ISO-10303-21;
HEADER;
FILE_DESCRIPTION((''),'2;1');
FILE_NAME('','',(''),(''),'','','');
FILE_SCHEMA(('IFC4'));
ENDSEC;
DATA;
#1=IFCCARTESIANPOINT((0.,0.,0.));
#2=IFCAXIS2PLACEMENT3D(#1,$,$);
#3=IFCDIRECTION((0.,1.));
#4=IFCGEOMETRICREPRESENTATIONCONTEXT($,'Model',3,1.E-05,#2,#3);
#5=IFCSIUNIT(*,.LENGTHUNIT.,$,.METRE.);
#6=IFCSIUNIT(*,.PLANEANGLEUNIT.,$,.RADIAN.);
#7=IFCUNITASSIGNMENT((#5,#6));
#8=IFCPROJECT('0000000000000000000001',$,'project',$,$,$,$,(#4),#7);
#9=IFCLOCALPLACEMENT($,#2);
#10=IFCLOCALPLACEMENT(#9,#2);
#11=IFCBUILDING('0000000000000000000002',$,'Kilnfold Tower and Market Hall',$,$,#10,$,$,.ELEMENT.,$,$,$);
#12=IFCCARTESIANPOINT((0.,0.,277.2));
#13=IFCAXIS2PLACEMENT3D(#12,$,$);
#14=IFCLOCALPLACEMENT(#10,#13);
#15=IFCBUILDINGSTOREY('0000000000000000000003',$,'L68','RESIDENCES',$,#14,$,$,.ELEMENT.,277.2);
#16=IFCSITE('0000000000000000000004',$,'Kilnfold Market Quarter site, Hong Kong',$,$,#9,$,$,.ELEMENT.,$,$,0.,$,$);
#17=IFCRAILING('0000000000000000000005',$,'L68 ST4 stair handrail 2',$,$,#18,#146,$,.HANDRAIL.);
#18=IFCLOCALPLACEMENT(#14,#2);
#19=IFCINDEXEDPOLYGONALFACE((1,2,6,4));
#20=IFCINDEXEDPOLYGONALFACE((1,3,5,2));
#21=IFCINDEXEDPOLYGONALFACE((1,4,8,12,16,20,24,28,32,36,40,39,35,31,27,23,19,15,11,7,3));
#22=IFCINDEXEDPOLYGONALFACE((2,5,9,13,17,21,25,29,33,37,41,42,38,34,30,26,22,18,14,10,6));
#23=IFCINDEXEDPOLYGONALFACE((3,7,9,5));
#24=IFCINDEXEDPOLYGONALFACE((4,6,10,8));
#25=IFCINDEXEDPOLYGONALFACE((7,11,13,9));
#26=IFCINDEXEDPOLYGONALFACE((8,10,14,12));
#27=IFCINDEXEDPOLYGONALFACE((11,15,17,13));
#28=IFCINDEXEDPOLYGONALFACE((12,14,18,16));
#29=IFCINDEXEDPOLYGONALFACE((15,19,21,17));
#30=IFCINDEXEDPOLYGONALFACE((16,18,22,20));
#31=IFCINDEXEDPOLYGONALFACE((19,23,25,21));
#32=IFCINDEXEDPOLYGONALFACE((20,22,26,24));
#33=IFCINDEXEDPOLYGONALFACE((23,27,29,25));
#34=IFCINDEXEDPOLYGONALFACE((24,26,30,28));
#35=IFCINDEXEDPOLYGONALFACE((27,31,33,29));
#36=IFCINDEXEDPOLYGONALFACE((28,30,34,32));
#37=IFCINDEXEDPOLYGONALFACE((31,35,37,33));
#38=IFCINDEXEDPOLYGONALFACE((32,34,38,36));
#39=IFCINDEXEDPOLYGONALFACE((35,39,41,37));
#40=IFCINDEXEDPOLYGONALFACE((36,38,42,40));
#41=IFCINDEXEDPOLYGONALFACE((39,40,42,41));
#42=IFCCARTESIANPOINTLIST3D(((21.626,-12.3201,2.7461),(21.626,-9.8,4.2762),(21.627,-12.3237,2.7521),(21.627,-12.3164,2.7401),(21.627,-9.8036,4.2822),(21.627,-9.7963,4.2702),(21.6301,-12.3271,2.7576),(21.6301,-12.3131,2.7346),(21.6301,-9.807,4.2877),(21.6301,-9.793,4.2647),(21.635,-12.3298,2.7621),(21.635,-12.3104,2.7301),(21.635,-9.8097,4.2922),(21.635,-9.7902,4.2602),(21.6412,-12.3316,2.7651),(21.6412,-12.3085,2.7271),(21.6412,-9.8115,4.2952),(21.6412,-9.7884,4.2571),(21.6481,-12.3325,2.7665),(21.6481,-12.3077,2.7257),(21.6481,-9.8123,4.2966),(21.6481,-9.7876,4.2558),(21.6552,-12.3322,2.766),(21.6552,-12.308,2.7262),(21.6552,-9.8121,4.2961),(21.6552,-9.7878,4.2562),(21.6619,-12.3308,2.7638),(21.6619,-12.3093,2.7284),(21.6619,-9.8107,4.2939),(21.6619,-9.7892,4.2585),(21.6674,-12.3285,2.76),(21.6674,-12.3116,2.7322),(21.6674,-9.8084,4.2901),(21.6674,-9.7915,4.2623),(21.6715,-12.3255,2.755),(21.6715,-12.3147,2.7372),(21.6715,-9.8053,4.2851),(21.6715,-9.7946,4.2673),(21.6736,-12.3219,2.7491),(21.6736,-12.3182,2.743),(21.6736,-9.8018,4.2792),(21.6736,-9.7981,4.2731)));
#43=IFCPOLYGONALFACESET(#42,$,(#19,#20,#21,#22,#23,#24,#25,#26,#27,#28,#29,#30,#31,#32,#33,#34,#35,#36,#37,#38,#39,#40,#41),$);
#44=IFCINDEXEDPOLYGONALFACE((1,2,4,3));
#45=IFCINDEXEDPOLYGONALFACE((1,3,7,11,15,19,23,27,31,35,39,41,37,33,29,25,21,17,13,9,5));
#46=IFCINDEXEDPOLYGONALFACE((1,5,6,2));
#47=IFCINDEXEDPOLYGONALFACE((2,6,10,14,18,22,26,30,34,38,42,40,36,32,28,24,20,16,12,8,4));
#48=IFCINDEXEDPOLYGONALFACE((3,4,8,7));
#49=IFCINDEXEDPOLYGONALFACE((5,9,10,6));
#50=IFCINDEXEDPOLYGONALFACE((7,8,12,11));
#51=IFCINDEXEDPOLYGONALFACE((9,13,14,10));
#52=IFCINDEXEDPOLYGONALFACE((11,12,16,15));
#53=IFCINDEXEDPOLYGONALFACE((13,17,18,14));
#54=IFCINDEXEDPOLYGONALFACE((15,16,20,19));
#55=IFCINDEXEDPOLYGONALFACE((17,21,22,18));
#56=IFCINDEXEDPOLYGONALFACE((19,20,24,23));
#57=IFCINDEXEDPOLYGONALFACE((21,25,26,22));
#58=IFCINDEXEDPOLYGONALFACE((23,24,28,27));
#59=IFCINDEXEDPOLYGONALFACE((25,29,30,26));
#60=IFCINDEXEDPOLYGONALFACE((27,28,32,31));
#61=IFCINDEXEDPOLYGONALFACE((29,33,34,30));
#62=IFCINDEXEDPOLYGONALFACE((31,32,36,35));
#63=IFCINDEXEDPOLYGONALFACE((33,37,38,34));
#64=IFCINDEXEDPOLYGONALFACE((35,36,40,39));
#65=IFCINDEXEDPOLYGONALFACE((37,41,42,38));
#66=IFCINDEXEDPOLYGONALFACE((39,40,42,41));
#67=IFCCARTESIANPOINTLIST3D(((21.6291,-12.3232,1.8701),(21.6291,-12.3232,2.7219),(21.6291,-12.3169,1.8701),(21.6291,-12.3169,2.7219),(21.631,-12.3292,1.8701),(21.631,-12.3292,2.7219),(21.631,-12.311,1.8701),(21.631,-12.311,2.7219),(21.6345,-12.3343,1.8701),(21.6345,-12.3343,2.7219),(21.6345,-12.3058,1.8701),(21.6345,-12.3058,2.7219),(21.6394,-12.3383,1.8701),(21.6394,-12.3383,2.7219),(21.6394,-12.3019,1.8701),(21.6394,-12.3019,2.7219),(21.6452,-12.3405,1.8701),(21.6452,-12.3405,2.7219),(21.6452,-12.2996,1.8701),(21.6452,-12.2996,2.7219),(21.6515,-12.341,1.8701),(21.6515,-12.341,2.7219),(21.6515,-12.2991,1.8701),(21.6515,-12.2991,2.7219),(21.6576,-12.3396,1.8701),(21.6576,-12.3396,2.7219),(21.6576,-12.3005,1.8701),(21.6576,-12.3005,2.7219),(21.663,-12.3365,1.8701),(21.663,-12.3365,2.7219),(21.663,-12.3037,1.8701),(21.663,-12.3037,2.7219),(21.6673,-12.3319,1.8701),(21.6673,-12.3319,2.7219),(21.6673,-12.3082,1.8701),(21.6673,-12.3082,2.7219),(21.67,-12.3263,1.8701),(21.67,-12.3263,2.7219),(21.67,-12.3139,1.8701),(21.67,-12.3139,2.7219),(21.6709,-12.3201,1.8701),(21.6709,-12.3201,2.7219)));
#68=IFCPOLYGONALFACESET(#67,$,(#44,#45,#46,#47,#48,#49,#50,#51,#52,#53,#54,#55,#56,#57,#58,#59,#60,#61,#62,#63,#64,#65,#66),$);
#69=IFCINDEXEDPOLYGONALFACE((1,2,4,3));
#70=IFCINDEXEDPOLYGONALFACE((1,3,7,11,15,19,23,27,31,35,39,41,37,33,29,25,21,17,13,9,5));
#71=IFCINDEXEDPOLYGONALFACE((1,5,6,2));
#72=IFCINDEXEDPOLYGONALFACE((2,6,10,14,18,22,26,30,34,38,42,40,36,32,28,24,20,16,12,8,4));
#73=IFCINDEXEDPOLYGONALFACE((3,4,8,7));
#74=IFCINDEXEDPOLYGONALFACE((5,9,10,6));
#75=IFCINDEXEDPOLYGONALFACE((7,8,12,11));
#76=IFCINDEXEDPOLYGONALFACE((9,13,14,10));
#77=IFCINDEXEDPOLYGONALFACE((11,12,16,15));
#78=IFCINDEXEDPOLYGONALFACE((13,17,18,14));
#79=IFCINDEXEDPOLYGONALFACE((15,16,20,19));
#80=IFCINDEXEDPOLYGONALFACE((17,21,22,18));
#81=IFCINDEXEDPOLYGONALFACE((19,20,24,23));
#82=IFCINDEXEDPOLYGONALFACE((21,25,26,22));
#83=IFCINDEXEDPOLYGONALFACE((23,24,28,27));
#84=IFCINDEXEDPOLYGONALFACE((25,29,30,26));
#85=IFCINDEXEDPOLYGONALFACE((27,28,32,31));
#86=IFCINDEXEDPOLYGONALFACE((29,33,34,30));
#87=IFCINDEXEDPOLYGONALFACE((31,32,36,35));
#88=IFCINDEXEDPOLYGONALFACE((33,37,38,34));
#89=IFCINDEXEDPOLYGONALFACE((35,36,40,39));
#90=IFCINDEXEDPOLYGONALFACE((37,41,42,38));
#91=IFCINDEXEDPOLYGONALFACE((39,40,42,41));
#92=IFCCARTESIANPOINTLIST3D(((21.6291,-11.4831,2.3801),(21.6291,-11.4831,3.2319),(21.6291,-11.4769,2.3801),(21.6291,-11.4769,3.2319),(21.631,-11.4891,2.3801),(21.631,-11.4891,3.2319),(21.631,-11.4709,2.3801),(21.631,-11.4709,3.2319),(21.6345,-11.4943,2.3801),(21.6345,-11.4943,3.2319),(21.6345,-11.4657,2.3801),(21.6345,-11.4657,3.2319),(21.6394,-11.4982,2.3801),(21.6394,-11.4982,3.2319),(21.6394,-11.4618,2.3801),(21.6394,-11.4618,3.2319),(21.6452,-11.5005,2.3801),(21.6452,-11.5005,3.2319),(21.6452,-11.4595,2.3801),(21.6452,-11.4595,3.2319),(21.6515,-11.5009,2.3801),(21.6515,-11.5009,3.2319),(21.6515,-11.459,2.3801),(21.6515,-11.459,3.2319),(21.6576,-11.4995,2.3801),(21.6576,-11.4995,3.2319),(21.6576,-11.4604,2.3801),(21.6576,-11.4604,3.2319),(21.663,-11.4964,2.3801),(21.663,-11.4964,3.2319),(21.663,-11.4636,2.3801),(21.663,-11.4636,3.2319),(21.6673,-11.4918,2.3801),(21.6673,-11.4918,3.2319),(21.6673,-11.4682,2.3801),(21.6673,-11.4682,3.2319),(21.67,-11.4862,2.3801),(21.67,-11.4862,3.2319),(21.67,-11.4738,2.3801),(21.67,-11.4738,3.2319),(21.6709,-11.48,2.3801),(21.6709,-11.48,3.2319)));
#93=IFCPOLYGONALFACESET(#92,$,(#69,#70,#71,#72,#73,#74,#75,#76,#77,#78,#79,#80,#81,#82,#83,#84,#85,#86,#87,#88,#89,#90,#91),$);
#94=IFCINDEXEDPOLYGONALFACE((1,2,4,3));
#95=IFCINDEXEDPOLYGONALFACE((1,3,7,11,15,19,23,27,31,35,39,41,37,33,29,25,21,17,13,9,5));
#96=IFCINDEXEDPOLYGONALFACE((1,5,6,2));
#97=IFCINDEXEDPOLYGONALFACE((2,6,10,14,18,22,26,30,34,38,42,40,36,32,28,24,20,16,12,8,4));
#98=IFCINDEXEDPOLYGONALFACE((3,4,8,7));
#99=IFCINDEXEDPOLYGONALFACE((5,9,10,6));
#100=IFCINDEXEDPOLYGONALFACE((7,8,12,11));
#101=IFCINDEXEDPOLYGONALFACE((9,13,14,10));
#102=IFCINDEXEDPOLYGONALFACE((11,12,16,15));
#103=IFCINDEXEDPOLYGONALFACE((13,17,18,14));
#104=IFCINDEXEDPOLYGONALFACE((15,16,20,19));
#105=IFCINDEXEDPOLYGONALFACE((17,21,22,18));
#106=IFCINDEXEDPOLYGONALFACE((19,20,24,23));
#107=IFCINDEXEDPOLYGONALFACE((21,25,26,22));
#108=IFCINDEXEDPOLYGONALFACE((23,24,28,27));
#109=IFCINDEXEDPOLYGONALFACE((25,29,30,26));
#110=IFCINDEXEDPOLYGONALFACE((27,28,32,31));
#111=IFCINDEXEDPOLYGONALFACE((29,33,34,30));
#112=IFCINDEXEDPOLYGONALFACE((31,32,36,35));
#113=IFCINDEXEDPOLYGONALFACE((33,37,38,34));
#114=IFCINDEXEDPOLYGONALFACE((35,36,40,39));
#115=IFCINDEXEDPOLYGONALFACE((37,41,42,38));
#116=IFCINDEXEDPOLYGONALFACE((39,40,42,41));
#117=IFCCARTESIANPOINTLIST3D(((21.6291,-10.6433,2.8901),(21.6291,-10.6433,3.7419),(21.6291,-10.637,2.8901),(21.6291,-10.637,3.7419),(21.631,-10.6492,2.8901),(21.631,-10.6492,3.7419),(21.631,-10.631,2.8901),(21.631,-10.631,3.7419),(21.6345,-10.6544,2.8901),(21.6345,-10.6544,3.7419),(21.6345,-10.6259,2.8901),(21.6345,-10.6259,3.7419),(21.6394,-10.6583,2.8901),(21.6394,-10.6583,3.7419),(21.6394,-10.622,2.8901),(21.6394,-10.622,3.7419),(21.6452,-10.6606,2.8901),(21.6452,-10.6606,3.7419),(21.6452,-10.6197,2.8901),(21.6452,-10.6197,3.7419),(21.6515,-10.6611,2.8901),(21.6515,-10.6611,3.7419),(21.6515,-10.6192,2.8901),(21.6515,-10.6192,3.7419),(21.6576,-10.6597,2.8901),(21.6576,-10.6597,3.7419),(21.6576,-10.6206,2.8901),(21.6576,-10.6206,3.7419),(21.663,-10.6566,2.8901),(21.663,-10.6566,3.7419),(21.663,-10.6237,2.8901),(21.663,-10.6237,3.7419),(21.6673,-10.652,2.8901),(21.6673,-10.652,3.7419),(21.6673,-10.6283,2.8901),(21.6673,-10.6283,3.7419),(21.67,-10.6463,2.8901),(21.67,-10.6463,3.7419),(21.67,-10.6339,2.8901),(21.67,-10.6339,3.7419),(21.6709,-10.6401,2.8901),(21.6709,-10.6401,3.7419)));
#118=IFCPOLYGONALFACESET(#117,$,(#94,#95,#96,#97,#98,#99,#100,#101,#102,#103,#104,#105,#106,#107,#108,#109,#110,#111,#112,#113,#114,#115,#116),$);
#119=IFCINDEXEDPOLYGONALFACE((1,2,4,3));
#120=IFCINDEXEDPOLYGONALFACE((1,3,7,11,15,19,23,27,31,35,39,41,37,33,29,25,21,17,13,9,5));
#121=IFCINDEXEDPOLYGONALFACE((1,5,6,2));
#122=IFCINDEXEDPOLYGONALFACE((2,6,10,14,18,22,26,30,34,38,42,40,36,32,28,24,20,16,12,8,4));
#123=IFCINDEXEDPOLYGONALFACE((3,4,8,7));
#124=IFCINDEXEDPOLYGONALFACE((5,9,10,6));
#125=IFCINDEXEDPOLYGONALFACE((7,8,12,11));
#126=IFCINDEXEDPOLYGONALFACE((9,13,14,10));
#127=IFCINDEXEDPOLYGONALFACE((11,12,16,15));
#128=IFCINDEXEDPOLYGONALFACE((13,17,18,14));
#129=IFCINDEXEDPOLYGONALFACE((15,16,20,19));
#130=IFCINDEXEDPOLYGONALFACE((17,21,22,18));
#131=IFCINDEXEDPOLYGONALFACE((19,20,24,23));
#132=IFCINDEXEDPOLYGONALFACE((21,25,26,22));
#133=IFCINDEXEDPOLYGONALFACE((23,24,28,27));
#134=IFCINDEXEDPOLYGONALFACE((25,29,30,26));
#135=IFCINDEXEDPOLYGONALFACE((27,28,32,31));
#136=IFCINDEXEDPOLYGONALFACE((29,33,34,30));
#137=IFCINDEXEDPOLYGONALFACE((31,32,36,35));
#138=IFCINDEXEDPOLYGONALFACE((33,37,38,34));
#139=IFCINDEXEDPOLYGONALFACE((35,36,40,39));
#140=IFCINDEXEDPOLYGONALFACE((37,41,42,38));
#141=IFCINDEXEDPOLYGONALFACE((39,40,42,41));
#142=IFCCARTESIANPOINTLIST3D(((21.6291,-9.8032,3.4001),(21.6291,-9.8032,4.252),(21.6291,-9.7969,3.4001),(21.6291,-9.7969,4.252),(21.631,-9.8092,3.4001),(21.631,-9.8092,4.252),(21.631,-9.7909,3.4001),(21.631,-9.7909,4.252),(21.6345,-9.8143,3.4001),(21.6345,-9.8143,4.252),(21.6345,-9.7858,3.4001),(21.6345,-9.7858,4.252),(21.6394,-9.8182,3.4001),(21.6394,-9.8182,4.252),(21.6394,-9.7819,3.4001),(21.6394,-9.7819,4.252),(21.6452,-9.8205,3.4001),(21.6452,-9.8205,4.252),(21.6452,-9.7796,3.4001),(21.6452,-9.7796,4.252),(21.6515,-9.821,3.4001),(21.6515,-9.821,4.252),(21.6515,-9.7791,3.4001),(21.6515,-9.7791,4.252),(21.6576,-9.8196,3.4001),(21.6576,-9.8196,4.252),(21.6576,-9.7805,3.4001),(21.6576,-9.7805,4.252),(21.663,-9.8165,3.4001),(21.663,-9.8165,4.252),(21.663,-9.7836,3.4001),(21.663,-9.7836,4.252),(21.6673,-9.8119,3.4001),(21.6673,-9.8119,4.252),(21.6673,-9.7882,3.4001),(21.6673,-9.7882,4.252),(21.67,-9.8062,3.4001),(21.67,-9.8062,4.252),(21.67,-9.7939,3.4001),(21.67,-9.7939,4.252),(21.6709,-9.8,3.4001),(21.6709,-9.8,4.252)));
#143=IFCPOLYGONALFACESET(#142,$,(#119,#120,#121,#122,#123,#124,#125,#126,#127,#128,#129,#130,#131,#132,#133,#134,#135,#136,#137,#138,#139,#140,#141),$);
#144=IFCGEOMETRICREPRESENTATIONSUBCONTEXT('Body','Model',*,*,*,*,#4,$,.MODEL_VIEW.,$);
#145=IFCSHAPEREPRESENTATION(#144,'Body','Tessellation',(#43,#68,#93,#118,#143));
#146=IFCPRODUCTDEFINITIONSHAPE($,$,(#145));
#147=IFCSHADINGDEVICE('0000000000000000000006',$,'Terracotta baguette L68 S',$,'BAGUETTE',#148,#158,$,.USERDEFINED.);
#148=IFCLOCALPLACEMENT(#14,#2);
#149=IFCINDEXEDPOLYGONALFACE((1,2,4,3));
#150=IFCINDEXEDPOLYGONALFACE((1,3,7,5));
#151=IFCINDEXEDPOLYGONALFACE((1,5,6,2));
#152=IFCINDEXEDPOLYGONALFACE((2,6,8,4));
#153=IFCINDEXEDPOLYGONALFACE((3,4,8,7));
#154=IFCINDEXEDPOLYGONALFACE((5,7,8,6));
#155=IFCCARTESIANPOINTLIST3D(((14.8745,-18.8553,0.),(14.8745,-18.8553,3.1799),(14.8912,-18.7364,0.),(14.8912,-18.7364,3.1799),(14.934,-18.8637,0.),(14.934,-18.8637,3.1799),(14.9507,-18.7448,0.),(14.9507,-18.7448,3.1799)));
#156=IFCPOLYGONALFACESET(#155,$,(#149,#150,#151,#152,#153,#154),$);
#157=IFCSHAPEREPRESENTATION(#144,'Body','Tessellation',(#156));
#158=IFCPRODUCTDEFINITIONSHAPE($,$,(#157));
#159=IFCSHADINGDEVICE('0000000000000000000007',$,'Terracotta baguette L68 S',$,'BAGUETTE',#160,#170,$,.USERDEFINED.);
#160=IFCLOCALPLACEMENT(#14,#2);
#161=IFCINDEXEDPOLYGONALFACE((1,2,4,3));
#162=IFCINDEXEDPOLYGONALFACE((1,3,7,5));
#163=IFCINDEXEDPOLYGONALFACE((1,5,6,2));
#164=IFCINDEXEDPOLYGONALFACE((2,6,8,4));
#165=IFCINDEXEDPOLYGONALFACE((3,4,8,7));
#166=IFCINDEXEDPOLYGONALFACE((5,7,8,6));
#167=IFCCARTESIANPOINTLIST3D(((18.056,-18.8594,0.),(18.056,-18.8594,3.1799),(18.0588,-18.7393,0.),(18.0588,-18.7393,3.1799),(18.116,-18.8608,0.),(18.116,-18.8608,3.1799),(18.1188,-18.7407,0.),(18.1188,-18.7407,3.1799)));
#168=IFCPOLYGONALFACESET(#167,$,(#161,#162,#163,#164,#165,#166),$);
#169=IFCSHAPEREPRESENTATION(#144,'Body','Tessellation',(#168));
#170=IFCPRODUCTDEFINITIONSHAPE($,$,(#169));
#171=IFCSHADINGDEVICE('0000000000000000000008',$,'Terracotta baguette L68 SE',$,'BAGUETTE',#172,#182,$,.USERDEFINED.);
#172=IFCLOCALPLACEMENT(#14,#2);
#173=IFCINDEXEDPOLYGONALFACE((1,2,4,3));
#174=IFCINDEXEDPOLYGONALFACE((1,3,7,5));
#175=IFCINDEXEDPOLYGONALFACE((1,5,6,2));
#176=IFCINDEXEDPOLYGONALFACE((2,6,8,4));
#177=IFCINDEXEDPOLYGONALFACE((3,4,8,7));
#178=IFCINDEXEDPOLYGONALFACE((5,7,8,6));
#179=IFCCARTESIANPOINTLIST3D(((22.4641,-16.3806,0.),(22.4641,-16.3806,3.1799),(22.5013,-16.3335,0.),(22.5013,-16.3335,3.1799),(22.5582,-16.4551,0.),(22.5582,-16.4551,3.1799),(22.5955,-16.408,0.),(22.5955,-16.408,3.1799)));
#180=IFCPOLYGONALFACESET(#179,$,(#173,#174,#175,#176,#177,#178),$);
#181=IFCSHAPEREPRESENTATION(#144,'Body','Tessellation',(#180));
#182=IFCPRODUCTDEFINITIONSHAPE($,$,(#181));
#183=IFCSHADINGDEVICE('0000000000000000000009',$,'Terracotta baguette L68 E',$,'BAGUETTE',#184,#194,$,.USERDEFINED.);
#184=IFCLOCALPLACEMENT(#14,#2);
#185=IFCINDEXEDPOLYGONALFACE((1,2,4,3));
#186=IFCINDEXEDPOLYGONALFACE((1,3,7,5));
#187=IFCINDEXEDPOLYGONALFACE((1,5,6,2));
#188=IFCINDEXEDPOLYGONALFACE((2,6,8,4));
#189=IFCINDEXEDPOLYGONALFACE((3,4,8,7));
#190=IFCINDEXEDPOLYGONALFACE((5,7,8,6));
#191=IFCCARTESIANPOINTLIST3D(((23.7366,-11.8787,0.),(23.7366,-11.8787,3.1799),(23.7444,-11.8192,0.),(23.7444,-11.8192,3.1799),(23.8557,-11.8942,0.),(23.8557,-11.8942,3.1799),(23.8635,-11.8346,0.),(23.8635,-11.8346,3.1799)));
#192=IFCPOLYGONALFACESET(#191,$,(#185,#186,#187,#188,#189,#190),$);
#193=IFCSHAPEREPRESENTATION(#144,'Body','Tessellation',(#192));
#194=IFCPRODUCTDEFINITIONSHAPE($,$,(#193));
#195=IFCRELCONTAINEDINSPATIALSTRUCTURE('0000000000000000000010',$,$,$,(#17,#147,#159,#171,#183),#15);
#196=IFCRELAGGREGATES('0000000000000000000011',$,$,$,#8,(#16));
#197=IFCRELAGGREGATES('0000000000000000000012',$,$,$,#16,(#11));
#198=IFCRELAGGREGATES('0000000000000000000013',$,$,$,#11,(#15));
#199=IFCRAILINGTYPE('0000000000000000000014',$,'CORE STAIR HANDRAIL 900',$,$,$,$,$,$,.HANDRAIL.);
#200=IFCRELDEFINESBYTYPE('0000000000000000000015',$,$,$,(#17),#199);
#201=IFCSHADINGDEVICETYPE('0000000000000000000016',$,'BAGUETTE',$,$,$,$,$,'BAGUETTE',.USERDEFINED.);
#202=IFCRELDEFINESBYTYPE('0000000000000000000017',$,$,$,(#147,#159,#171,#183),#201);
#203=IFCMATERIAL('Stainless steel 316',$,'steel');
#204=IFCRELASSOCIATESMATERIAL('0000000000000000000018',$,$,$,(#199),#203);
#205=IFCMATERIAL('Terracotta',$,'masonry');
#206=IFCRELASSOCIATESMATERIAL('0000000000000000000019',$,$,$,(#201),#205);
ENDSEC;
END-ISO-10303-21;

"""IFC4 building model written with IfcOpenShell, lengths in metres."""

from ifc_helpers import new_model, si_unit, direction, frame, origin, origin_2d, place, context, subcontext, project, spatial, rectangle, circle, extrude, source, transform, mapped, material, material_profile, profile_set, type_object, element, save


model = new_model("IFC4")

# Units and contexts
model_context = context("Model", 3, precision=1e-05, world=origin(), true_north=direction((0.0, 1.0)))
body_context = subcontext(model_context, "Body", "Model", "MODEL_VIEW")
ifc_project = project(units=[si_unit("LENGTHUNIT", "METRE"), si_unit("PLANEANGLEUNIT", "RADIAN")], contexts=[model_context])

# Site, building, storey
site_placement = place(None, origin())
site = spatial("IfcSite", under=ifc_project, at=site_placement, Name="Kilnfold Market Quarter site, Hong Kong", CompositionType="ELEMENT", RefElevation=0.0)
building_placement = place(site_placement, origin())
building = spatial("IfcBuilding", under=site, at=building_placement, Name="Kilnfold Tower and Market Hall", CompositionType="ELEMENT")
storey_placement = place(building_placement, frame((0.0, 0.0, 277.2)))
storey = spatial("IfcBuildingStorey", under=building, at=storey_placement, Name="L68", Description="RESIDENCES", CompositionType="ELEMENT", Elevation=277.2)

# Railing
ifc_material_1 = material(Name="Stainless steel 316", Category="steel")
railing_type_1 = type_object("IfcRailingType", Name="CORE STAIR HANDRAIL 900", PredefinedType="HANDRAIL", material=ifc_material_1)
railing_1_placement = place(storey_placement, frame((21.6499, -12.3201, 1.8701)))
element("IfcRailing", 1, at=railing_1_placement, inside=storey, type_object=railing_type_1, Name="L68 ST4 stair handrail 2", PredefinedType="HANDRAIL", context=body_context, shape_type="SweptSolid", body=[
    extrude(circle(Radius=0.0239, at=origin_2d()), frame((0.0, 0.0, 0.876), z_axis=(0.0, 0.854785, 0.518982), x_axis=(-1.0, 0.0, 0.0)), (0.0, 0.0, 1.0), 2.9482),
    extrude(circle(Radius=0.021, at=origin_2d()), origin(), (0.0, 0.0, 1.0), 0.8518),
    extrude(circle(Radius=0.021, at=origin_2d()), frame((0.0, 0.8401, 0.51)), (0.0, 0.0, 1.0), 0.8518),
    extrude(circle(Radius=0.021, at=origin_2d()), frame((0.0, 1.6799, 1.02)), (0.0, 0.0, 1.0), 0.8518),
    extrude(circle(Radius=0.021, at=origin_2d()), frame((0.0, 2.52, 1.53)), (0.0, 0.0, 1.0), 0.8518),
])

# Shading devices
ifc_material_2 = material(Name="Terracotta", Category="masonry")
ifc_material_profile_1 = material_profile(ifc_material_2, rectangle(XDim=0.0601, YDim=0.1201, at=origin_2d()), Name="BAG 60x120")
ifc_profile_set_1 = profile_set([ifc_material_profile_1], Name="Terracotta")
shading_device_type = type_object("IfcShadingDeviceType", Name="BAGUETTE", ElementType="BAGUETTE", PredefinedType="USERDEFINED", material=ifc_profile_set_1)
shared_shape_1 = source(origin(), body_context, "Body", "SweptSolid", [
    extrude(rectangle(XDim=0.0601, YDim=0.1201, at=origin_2d()), origin(), (0.0, 0.0, 1.0), 3.1799),
])
for number, where, z_axis, x_axis, name in (
    (2, (14.9126, -18.8, 0.0), (0.0, 0.0, 1.0), (0.990272, -0.139142, 0.0), "Terracotta baguette L68 S"),
    (3, (18.0874, -18.8, 0.0), (0.0, 0.0, 1.0), (0.99973, -0.023232, 0.0), "Terracotta baguette L68 S"),
    (4, (22.5298, -16.3943, 0.0), (0.0, 0.0, 1.0), (0.620584, 0.78414, 0.0), "Terracotta baguette L68 SE"),
    (5, (23.8, -11.8567, 0.0), (0.0, 0.0, 1.0), (0.128828, 0.991667, 0.0), "Terracotta baguette L68 E"),
):
    element("IfcShadingDevice", number, at=place(storey_placement, frame(where, z_axis=z_axis, x_axis=x_axis)), inside=storey, type_object=shading_device_type, Name=name, ObjectType="BAGUETTE", PredefinedType="USERDEFINED", context=body_context, shape_type="MappedRepresentation", body=[
        mapped(shared_shape_1, transform((0.0, 0.0, 0.0))),
    ])

save(model, "model.ifc")
